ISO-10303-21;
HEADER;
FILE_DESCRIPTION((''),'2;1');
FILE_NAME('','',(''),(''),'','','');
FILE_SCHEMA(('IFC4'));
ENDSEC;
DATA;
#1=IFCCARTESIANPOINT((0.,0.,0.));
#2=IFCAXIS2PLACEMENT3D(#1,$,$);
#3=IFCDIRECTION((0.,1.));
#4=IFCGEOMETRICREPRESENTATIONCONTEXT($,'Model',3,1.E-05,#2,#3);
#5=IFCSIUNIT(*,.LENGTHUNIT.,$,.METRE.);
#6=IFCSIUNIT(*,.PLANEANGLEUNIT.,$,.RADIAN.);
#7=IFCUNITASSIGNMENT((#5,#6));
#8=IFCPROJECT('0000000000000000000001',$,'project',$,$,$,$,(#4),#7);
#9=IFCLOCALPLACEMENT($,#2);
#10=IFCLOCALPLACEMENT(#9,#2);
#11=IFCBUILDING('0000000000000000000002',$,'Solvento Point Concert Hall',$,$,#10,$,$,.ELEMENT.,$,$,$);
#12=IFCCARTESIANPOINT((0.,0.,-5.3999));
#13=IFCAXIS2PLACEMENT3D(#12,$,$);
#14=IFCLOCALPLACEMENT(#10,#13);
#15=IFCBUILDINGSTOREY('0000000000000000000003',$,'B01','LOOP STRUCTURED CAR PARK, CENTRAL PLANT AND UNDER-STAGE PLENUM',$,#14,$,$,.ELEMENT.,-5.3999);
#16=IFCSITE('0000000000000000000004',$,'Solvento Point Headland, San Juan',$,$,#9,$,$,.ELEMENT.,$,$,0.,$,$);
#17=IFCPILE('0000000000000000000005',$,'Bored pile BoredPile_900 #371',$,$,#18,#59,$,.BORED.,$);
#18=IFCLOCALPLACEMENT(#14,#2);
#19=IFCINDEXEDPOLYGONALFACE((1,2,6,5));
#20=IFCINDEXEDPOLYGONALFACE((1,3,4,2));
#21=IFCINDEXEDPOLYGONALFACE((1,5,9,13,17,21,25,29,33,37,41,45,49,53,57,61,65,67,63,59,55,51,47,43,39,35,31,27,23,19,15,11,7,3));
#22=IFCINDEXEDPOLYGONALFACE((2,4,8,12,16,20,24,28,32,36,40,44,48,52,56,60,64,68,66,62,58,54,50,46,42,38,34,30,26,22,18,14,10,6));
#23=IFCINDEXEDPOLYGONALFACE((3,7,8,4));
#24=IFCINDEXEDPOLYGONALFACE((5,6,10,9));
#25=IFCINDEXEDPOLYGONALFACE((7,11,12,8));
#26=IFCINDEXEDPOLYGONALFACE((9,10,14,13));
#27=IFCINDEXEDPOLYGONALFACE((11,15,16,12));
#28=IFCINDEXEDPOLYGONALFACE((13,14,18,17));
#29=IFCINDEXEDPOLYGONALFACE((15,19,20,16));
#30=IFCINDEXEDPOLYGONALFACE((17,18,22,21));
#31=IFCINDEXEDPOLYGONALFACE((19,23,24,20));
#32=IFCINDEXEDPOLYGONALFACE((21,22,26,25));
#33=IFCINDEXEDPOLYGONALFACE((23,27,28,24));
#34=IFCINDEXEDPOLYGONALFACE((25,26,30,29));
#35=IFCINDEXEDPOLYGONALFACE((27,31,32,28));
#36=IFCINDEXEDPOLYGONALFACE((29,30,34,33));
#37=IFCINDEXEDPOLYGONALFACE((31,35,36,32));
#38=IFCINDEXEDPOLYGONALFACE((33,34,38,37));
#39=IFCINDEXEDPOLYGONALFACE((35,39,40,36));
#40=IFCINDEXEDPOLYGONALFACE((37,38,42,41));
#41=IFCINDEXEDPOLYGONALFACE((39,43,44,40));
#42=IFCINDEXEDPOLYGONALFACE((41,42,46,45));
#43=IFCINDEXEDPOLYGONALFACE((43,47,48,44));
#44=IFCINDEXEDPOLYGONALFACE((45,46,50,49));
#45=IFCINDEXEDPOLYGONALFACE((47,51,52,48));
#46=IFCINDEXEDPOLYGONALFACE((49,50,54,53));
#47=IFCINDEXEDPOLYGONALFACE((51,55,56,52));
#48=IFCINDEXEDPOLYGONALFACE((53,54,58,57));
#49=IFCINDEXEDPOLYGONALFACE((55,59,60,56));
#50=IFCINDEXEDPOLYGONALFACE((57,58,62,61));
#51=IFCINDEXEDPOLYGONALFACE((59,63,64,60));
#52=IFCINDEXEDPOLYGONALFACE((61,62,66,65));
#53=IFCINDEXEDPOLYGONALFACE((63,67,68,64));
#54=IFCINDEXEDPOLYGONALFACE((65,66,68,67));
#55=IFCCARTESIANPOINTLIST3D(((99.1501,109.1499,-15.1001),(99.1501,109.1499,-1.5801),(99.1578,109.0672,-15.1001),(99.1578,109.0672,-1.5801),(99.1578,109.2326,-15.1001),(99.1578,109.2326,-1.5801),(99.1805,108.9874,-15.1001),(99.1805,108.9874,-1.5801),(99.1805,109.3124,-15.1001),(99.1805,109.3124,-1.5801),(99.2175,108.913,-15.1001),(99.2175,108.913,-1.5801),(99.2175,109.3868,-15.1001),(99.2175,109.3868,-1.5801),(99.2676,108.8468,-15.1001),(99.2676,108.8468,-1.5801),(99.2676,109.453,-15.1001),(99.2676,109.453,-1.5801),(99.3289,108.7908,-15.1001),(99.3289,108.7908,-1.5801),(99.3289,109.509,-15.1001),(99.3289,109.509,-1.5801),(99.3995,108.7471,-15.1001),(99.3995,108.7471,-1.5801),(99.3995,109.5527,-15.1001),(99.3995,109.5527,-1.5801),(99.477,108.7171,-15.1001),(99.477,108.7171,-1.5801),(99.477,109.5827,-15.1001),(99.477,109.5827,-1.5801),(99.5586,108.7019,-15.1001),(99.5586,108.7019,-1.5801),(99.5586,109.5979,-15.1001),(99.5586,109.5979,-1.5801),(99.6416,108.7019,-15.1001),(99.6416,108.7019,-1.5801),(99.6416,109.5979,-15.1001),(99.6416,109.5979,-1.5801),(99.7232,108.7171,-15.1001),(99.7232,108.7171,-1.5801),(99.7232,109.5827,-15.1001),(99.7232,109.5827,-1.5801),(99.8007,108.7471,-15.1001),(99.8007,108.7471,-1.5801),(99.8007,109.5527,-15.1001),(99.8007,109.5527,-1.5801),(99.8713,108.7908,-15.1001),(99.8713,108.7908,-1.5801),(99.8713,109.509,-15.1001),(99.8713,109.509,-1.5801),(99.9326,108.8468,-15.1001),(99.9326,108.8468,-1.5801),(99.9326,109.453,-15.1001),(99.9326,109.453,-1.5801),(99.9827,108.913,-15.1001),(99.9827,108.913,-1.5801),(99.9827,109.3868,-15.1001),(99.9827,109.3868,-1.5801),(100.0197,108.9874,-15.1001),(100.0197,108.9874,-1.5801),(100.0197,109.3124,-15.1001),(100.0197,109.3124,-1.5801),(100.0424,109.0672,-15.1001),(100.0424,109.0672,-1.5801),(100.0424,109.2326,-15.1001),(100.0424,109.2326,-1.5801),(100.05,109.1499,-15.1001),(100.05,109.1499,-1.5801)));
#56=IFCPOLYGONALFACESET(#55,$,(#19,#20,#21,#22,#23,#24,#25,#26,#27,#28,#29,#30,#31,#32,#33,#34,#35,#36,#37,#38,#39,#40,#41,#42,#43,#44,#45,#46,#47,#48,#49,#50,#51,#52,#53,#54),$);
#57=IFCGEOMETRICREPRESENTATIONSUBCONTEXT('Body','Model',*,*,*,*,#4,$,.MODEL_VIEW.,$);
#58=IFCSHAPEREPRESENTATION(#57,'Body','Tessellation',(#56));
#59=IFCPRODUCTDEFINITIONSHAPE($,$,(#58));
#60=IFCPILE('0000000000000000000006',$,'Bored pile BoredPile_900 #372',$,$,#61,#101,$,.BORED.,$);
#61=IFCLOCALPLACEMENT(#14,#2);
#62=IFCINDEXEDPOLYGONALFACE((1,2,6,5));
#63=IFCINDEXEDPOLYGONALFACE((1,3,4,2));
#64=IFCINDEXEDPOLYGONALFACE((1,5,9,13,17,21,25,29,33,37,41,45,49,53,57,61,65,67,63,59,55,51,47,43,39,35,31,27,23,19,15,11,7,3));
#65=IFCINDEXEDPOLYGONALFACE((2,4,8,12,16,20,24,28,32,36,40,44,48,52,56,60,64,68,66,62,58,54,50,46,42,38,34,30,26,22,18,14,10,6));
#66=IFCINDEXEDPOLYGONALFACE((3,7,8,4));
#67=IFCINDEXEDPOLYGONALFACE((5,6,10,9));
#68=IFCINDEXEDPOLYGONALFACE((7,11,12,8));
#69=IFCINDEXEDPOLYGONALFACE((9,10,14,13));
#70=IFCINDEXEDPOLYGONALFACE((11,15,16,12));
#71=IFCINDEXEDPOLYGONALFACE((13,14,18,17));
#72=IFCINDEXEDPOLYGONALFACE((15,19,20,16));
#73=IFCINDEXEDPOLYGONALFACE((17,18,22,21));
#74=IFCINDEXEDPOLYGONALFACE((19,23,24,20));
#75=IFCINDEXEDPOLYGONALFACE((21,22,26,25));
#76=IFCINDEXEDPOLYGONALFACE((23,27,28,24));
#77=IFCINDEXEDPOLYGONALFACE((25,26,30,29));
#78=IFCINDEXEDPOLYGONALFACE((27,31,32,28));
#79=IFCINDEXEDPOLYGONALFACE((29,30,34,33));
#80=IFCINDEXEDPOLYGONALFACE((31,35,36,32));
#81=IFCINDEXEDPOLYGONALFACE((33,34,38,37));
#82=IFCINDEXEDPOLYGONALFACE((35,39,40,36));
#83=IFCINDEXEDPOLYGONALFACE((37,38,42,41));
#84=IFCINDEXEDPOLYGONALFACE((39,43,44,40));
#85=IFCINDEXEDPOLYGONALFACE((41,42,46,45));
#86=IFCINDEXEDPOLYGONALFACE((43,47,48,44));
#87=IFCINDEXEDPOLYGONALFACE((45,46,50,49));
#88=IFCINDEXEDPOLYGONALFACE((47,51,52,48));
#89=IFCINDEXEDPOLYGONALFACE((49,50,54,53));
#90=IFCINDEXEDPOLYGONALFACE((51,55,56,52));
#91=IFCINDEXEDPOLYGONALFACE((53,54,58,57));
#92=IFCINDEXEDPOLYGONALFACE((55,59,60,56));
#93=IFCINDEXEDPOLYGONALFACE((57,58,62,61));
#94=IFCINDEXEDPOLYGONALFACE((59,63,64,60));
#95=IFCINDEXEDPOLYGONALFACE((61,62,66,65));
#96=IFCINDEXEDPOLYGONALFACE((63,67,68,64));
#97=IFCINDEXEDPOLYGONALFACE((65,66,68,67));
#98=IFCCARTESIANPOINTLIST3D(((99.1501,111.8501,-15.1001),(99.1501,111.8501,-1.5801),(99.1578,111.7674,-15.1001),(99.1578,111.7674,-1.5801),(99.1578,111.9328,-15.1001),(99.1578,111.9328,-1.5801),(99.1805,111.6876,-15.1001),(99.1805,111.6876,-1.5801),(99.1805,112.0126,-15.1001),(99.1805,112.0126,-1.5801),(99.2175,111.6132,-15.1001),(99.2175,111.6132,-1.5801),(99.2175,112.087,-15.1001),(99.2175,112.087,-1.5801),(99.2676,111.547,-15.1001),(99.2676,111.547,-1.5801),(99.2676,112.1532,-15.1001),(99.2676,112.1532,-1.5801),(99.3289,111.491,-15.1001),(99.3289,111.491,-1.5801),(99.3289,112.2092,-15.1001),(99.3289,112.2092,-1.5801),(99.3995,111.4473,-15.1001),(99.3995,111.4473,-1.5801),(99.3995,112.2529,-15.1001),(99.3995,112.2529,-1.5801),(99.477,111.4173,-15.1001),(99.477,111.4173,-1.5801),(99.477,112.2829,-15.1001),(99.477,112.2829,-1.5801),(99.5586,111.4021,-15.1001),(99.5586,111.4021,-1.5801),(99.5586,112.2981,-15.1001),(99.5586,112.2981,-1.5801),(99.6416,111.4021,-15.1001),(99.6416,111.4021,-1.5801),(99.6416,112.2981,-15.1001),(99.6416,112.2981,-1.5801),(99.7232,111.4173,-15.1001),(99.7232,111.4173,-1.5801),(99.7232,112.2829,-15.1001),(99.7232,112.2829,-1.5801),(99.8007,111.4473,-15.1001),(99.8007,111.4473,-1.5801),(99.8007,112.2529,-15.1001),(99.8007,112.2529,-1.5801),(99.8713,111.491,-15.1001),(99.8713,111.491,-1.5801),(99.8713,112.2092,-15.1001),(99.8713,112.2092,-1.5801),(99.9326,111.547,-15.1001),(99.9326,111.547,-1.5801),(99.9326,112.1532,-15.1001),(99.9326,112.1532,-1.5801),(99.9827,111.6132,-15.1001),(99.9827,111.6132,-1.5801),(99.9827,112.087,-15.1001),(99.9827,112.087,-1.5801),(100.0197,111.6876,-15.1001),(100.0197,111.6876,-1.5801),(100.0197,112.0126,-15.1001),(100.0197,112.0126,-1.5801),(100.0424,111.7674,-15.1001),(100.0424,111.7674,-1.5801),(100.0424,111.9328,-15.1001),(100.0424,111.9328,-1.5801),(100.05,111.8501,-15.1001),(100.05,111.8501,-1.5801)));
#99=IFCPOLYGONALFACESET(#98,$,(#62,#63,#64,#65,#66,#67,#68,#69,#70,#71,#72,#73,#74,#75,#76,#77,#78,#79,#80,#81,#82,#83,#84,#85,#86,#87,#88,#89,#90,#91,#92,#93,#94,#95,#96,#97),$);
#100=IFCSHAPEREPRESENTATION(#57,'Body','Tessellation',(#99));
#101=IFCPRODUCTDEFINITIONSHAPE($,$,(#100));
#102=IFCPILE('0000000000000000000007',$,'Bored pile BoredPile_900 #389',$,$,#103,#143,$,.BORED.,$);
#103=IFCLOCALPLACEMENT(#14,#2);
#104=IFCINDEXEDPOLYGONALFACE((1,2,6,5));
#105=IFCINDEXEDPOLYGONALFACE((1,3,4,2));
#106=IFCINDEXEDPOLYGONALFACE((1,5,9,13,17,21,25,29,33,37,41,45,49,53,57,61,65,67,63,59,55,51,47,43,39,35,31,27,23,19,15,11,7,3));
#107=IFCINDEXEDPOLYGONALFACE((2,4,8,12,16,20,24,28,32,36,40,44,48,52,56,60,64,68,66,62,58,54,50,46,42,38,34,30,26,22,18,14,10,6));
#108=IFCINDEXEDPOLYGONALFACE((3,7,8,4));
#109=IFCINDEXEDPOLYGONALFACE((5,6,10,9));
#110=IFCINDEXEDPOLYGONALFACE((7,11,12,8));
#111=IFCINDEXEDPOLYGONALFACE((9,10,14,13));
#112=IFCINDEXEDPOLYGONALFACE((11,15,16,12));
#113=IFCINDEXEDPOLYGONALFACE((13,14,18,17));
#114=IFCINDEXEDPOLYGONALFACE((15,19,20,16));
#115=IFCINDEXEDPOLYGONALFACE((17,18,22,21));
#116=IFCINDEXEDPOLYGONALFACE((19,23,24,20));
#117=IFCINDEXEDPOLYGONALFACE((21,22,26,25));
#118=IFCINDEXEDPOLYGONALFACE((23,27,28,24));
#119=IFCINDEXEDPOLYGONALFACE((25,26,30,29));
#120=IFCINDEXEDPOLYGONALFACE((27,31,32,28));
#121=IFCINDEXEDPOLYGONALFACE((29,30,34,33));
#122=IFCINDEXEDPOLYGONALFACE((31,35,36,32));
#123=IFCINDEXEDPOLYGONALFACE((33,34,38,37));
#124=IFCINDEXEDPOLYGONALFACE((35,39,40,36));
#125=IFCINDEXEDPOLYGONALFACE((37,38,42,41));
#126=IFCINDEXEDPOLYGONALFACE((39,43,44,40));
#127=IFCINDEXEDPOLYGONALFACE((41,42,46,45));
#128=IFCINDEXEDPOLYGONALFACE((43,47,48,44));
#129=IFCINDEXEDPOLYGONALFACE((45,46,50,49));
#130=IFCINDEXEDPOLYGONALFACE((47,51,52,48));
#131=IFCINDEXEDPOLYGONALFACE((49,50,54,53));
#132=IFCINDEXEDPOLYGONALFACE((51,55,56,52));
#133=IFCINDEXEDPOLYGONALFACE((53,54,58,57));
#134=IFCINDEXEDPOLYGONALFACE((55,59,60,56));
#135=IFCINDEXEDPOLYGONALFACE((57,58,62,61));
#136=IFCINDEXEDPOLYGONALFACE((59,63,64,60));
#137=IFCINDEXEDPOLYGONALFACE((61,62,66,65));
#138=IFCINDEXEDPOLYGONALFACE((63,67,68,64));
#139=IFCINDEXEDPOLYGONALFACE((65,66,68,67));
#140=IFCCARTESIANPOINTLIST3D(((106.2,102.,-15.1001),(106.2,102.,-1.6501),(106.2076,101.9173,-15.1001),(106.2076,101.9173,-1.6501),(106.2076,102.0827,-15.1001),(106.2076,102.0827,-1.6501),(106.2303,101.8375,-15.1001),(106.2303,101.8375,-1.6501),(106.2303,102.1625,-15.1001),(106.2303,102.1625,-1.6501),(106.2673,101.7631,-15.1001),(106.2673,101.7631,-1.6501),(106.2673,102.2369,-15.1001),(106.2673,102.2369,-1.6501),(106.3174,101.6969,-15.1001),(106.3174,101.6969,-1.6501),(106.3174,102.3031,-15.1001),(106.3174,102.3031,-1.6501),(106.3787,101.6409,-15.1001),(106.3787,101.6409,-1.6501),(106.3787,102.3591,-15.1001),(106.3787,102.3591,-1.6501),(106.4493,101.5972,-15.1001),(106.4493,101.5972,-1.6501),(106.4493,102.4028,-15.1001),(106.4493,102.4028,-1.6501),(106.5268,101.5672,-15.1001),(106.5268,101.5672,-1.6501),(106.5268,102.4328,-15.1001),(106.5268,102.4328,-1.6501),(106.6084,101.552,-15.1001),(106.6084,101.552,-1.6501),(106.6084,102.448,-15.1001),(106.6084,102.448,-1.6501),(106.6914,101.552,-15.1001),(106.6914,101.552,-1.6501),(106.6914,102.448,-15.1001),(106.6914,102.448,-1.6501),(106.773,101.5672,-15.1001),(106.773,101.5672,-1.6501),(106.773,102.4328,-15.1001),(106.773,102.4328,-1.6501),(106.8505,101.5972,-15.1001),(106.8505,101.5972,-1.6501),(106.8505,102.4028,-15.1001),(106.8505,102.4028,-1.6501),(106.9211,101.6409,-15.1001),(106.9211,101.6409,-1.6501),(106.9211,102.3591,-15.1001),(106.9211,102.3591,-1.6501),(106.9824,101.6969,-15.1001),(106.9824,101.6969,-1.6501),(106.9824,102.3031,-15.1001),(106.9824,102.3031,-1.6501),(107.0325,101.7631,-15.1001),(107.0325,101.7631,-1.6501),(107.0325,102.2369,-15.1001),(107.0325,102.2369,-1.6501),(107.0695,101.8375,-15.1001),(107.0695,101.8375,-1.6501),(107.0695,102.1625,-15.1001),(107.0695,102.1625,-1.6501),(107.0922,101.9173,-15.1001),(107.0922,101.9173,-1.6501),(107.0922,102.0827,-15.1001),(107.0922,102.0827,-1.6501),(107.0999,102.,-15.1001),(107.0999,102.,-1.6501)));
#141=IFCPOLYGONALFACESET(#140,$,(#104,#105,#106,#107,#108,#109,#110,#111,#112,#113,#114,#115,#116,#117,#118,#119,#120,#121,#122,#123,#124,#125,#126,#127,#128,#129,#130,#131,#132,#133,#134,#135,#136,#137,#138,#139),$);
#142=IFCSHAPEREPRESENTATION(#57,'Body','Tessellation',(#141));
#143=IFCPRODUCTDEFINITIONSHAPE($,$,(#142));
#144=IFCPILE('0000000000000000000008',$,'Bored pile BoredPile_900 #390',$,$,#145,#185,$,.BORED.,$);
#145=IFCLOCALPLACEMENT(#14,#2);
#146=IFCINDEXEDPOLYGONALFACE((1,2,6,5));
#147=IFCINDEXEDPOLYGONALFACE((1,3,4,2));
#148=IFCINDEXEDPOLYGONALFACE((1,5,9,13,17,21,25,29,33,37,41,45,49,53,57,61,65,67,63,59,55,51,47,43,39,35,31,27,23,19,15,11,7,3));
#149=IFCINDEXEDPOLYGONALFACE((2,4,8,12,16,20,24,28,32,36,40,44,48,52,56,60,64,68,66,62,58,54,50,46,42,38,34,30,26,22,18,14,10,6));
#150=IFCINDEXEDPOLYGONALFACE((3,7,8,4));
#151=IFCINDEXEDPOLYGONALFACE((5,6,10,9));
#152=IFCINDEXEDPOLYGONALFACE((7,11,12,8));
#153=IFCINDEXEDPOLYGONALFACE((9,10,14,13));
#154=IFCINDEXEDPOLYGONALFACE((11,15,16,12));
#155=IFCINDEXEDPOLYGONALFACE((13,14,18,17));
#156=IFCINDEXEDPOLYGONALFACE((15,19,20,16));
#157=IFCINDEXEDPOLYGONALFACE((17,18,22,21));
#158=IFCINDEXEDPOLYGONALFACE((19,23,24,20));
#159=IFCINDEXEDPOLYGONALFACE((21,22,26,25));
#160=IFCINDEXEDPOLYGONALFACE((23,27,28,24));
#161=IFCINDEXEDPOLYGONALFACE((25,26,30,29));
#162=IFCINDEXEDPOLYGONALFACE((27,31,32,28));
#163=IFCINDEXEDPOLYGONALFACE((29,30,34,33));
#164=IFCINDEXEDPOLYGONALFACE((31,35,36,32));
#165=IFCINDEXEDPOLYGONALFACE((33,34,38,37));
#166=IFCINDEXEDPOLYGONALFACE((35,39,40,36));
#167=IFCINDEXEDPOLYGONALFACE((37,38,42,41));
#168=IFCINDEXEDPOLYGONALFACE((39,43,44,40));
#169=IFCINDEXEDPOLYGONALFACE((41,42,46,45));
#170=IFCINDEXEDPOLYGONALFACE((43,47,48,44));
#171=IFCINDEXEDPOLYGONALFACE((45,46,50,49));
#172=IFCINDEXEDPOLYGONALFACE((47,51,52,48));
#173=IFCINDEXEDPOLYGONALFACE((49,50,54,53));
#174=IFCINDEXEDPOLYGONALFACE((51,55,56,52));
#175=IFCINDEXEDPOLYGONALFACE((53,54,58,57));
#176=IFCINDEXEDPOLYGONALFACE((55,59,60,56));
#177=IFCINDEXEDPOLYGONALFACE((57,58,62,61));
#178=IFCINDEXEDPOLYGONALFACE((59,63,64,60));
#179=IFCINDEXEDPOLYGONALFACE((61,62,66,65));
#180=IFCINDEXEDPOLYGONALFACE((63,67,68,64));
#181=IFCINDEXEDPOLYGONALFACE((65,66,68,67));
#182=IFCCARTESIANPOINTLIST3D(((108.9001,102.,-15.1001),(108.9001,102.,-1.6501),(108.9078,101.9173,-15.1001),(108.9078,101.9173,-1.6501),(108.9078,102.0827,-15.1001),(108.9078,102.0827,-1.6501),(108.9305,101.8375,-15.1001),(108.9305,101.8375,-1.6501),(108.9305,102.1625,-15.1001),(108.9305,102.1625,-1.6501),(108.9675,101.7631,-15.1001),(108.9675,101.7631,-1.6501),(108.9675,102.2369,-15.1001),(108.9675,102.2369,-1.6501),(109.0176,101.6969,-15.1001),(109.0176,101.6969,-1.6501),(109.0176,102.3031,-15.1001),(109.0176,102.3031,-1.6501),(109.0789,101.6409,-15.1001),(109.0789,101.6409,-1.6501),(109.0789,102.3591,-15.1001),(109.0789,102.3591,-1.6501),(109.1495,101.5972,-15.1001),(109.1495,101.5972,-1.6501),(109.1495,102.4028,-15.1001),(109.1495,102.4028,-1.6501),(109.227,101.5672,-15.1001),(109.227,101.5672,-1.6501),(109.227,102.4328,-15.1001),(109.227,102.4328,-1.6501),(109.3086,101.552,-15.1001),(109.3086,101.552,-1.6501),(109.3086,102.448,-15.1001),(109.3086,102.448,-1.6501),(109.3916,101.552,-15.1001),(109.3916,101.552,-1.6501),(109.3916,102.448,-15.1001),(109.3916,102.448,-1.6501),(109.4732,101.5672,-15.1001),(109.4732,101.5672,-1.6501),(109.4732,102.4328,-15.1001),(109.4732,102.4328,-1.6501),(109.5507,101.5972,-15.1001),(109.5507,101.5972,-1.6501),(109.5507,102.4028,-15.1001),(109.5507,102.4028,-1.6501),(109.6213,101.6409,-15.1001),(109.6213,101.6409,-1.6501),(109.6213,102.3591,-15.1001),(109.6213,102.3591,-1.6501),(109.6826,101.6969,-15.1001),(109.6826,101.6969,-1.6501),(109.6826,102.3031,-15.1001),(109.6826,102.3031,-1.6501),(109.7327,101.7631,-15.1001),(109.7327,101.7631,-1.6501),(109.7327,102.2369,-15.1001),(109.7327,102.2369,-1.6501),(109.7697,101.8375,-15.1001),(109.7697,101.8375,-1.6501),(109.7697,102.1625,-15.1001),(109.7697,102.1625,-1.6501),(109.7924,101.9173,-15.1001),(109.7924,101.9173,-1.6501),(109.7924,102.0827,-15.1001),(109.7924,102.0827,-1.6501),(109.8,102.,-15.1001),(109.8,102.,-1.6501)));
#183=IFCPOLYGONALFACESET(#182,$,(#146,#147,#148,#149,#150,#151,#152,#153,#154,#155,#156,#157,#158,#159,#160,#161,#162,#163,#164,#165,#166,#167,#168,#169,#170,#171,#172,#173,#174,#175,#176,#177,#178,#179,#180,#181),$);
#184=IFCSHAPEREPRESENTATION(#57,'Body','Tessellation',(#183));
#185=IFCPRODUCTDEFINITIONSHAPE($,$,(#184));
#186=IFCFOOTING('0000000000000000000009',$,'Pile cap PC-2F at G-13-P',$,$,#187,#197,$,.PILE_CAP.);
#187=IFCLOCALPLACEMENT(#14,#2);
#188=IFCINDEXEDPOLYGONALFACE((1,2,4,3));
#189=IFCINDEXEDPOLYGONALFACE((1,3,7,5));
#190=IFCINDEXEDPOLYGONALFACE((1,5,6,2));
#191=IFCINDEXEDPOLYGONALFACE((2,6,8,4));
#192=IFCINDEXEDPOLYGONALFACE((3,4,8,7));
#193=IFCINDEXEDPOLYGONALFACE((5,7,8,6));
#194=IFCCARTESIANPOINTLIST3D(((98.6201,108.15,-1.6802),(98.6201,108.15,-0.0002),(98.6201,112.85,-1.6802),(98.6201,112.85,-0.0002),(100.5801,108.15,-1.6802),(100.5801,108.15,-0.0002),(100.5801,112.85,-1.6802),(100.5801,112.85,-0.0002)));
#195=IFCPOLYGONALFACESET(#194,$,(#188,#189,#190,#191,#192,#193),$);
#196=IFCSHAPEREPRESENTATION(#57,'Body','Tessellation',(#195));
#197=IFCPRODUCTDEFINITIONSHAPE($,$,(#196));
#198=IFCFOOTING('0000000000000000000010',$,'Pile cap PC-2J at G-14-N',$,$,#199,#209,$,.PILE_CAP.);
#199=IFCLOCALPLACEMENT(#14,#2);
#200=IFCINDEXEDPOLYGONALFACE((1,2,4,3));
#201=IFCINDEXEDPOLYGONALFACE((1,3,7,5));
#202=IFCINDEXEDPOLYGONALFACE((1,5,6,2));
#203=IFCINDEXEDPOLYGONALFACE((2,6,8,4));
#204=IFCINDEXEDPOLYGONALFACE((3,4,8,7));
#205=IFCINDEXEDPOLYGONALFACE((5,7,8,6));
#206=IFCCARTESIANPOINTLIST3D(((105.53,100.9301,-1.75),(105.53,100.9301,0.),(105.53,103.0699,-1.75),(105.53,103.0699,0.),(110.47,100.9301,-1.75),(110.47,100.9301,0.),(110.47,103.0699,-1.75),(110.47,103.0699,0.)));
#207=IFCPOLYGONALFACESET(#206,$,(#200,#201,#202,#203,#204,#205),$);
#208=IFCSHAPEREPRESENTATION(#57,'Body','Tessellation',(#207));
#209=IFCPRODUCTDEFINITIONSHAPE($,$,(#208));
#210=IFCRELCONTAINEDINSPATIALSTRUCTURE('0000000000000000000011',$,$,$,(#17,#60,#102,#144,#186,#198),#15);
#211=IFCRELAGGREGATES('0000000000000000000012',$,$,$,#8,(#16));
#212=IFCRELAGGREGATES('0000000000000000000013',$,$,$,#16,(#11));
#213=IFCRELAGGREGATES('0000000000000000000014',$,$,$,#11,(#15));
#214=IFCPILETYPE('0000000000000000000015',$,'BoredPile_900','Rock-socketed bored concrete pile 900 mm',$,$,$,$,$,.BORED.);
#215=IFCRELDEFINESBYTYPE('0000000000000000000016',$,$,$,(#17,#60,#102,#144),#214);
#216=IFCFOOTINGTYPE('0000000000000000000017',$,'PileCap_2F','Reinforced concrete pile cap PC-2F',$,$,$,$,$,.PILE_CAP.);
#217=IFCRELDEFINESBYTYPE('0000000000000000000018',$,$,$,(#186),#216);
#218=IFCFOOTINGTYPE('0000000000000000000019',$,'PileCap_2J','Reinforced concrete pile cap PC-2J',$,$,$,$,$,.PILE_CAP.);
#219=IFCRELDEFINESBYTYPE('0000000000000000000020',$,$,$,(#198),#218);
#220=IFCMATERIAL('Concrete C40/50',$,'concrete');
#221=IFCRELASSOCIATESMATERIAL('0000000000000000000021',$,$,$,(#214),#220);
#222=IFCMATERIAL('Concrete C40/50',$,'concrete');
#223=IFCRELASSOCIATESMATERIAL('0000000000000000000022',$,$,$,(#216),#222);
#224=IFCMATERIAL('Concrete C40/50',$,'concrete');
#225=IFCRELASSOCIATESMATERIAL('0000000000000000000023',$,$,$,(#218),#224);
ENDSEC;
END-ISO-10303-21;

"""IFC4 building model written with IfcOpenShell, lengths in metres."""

from ifc_helpers import new_model, si_unit, direction, frame, origin, origin_2d, place, context, subcontext, project, spatial, rectangle, circle, extrude, material, material_profile, profile_set, type_object, element, save


model = new_model("IFC4")

# Units and contexts
model_context = context("Model", 3, precision=1e-05, world=origin(), true_north=direction((0.0, 1.0)))
body_context = subcontext(model_context, "Body", "Model", "MODEL_VIEW")
ifc_project = project(units=[si_unit("LENGTHUNIT", "METRE"), si_unit("PLANEANGLEUNIT", "RADIAN")], contexts=[model_context])

# Site, building, storey
site_placement = place(None, origin())
site = spatial("IfcSite", under=ifc_project, at=site_placement, Name="Solvento Point Headland, San Juan", CompositionType="ELEMENT", RefElevation=0.0)
building_placement = place(site_placement, origin())
building = spatial("IfcBuilding", under=site, at=building_placement, Name="Solvento Point Concert Hall", CompositionType="ELEMENT")
storey_placement = place(building_placement, frame((0.0, 0.0, -5.3999)))
storey = spatial("IfcBuildingStorey", under=building, at=storey_placement, Name="B01", Description="LOOP STRUCTURED CAR PARK, CENTRAL PLANT AND UNDER-STAGE PLENUM", CompositionType="ELEMENT", Elevation=-5.3999)

# Piles
ifc_material_1 = material(Name="Concrete C40/50", Category="concrete")
ifc_material_profile_1 = material_profile(ifc_material_1, circle(Radius=0.45, at=origin_2d()), Name="BP-900")
ifc_profile_set_1 = profile_set([ifc_material_profile_1], Name="Concrete C40/50")
pile_type_1 = type_object("IfcPileType", Name="BoredPile_900", Description="Rock-socketed bored concrete pile 900 mm", PredefinedType="BORED", material=ifc_profile_set_1)
for number, where, z_axis, x_axis, name in (
    (1, (99.6001, 109.1499, -1.5801), (0.0, 0.0, -1.0), (1.0, 0.0, 0.0), "Bored pile BoredPile_900 #371"),
    (2, (99.6001, 111.8501, -1.5801), (0.0, 0.0, -1.0), (1.0, 0.0, 0.0), "Bored pile BoredPile_900 #372"),
):
    element("IfcPile", number, at=place(storey_placement, frame(where, z_axis=z_axis, x_axis=x_axis)), inside=storey, type_object=pile_type_1, Name=name, PredefinedType="BORED", context=body_context, shape_type="SweptSolid", body=[
        extrude(circle(Radius=0.45, at=origin_2d()), origin(), (0.0, 0.0, 1.0), 13.52),
    ])
for number, where, z_axis, x_axis, name in (
    (3, (106.6499, 102.0, -1.6501), (0.0, 0.0, -1.0), (1.0, 0.0, 0.0), "Bored pile BoredPile_900 #389"),
    (4, (109.3501, 102.0, -1.6501), (0.0, 0.0, -1.0), (1.0, 0.0, 0.0), "Bored pile BoredPile_900 #390"),
):
    element("IfcPile", number, at=place(storey_placement, frame(where, z_axis=z_axis, x_axis=x_axis)), inside=storey, type_object=pile_type_1, Name=name, PredefinedType="BORED", context=body_context, shape_type="SweptSolid", body=[
        extrude(circle(Radius=0.45, at=origin_2d()), origin(), (0.0, 0.0, 1.0), 13.45),
    ])

# Footings
ifc_material_2 = material(Name="Concrete C40/50", Category="concrete")
footing_type_1 = type_object("IfcFootingType", Name="PileCap_2F", Description="Reinforced concrete pile cap PC-2F", PredefinedType="PILE_CAP", material=ifc_material_2)
footing_1_placement = place(storey_placement, frame((99.6001, 110.5, -1.6802), z_axis=(0.0, 0.0, 1.0), x_axis=(1.0, 0.0, 0.0)))
element("IfcFooting", 5, at=footing_1_placement, inside=storey, type_object=footing_type_1, Name="Pile cap PC-2F at G-13-P", PredefinedType="PILE_CAP", context=body_context, shape_type="SweptSolid", body=[
    extrude(rectangle(XDim=1.96, YDim=4.7, at=origin_2d()), origin(), (0.0, 0.0, 1.0), 1.6799),
])
ifc_material_3 = material(Name="Concrete C40/50", Category="concrete")
footing_type_2 = type_object("IfcFootingType", Name="PileCap_2J", Description="Reinforced concrete pile cap PC-2J", PredefinedType="PILE_CAP", material=ifc_material_3)
footing_2_placement = place(storey_placement, frame((108.0, 102.0, -1.75), z_axis=(0.0, 0.0, 1.0), x_axis=(1.0, 0.0, 0.0)))
element("IfcFooting", 6, at=footing_2_placement, inside=storey, type_object=footing_type_2, Name="Pile cap PC-2J at G-14-N", PredefinedType="PILE_CAP", context=body_context, shape_type="SweptSolid", body=[
    extrude(rectangle(XDim=4.9399, YDim=2.1399, at=origin_2d()), origin(), (0.0, 0.0, 1.0), 1.75),
])

save(model, "model.ifc")
